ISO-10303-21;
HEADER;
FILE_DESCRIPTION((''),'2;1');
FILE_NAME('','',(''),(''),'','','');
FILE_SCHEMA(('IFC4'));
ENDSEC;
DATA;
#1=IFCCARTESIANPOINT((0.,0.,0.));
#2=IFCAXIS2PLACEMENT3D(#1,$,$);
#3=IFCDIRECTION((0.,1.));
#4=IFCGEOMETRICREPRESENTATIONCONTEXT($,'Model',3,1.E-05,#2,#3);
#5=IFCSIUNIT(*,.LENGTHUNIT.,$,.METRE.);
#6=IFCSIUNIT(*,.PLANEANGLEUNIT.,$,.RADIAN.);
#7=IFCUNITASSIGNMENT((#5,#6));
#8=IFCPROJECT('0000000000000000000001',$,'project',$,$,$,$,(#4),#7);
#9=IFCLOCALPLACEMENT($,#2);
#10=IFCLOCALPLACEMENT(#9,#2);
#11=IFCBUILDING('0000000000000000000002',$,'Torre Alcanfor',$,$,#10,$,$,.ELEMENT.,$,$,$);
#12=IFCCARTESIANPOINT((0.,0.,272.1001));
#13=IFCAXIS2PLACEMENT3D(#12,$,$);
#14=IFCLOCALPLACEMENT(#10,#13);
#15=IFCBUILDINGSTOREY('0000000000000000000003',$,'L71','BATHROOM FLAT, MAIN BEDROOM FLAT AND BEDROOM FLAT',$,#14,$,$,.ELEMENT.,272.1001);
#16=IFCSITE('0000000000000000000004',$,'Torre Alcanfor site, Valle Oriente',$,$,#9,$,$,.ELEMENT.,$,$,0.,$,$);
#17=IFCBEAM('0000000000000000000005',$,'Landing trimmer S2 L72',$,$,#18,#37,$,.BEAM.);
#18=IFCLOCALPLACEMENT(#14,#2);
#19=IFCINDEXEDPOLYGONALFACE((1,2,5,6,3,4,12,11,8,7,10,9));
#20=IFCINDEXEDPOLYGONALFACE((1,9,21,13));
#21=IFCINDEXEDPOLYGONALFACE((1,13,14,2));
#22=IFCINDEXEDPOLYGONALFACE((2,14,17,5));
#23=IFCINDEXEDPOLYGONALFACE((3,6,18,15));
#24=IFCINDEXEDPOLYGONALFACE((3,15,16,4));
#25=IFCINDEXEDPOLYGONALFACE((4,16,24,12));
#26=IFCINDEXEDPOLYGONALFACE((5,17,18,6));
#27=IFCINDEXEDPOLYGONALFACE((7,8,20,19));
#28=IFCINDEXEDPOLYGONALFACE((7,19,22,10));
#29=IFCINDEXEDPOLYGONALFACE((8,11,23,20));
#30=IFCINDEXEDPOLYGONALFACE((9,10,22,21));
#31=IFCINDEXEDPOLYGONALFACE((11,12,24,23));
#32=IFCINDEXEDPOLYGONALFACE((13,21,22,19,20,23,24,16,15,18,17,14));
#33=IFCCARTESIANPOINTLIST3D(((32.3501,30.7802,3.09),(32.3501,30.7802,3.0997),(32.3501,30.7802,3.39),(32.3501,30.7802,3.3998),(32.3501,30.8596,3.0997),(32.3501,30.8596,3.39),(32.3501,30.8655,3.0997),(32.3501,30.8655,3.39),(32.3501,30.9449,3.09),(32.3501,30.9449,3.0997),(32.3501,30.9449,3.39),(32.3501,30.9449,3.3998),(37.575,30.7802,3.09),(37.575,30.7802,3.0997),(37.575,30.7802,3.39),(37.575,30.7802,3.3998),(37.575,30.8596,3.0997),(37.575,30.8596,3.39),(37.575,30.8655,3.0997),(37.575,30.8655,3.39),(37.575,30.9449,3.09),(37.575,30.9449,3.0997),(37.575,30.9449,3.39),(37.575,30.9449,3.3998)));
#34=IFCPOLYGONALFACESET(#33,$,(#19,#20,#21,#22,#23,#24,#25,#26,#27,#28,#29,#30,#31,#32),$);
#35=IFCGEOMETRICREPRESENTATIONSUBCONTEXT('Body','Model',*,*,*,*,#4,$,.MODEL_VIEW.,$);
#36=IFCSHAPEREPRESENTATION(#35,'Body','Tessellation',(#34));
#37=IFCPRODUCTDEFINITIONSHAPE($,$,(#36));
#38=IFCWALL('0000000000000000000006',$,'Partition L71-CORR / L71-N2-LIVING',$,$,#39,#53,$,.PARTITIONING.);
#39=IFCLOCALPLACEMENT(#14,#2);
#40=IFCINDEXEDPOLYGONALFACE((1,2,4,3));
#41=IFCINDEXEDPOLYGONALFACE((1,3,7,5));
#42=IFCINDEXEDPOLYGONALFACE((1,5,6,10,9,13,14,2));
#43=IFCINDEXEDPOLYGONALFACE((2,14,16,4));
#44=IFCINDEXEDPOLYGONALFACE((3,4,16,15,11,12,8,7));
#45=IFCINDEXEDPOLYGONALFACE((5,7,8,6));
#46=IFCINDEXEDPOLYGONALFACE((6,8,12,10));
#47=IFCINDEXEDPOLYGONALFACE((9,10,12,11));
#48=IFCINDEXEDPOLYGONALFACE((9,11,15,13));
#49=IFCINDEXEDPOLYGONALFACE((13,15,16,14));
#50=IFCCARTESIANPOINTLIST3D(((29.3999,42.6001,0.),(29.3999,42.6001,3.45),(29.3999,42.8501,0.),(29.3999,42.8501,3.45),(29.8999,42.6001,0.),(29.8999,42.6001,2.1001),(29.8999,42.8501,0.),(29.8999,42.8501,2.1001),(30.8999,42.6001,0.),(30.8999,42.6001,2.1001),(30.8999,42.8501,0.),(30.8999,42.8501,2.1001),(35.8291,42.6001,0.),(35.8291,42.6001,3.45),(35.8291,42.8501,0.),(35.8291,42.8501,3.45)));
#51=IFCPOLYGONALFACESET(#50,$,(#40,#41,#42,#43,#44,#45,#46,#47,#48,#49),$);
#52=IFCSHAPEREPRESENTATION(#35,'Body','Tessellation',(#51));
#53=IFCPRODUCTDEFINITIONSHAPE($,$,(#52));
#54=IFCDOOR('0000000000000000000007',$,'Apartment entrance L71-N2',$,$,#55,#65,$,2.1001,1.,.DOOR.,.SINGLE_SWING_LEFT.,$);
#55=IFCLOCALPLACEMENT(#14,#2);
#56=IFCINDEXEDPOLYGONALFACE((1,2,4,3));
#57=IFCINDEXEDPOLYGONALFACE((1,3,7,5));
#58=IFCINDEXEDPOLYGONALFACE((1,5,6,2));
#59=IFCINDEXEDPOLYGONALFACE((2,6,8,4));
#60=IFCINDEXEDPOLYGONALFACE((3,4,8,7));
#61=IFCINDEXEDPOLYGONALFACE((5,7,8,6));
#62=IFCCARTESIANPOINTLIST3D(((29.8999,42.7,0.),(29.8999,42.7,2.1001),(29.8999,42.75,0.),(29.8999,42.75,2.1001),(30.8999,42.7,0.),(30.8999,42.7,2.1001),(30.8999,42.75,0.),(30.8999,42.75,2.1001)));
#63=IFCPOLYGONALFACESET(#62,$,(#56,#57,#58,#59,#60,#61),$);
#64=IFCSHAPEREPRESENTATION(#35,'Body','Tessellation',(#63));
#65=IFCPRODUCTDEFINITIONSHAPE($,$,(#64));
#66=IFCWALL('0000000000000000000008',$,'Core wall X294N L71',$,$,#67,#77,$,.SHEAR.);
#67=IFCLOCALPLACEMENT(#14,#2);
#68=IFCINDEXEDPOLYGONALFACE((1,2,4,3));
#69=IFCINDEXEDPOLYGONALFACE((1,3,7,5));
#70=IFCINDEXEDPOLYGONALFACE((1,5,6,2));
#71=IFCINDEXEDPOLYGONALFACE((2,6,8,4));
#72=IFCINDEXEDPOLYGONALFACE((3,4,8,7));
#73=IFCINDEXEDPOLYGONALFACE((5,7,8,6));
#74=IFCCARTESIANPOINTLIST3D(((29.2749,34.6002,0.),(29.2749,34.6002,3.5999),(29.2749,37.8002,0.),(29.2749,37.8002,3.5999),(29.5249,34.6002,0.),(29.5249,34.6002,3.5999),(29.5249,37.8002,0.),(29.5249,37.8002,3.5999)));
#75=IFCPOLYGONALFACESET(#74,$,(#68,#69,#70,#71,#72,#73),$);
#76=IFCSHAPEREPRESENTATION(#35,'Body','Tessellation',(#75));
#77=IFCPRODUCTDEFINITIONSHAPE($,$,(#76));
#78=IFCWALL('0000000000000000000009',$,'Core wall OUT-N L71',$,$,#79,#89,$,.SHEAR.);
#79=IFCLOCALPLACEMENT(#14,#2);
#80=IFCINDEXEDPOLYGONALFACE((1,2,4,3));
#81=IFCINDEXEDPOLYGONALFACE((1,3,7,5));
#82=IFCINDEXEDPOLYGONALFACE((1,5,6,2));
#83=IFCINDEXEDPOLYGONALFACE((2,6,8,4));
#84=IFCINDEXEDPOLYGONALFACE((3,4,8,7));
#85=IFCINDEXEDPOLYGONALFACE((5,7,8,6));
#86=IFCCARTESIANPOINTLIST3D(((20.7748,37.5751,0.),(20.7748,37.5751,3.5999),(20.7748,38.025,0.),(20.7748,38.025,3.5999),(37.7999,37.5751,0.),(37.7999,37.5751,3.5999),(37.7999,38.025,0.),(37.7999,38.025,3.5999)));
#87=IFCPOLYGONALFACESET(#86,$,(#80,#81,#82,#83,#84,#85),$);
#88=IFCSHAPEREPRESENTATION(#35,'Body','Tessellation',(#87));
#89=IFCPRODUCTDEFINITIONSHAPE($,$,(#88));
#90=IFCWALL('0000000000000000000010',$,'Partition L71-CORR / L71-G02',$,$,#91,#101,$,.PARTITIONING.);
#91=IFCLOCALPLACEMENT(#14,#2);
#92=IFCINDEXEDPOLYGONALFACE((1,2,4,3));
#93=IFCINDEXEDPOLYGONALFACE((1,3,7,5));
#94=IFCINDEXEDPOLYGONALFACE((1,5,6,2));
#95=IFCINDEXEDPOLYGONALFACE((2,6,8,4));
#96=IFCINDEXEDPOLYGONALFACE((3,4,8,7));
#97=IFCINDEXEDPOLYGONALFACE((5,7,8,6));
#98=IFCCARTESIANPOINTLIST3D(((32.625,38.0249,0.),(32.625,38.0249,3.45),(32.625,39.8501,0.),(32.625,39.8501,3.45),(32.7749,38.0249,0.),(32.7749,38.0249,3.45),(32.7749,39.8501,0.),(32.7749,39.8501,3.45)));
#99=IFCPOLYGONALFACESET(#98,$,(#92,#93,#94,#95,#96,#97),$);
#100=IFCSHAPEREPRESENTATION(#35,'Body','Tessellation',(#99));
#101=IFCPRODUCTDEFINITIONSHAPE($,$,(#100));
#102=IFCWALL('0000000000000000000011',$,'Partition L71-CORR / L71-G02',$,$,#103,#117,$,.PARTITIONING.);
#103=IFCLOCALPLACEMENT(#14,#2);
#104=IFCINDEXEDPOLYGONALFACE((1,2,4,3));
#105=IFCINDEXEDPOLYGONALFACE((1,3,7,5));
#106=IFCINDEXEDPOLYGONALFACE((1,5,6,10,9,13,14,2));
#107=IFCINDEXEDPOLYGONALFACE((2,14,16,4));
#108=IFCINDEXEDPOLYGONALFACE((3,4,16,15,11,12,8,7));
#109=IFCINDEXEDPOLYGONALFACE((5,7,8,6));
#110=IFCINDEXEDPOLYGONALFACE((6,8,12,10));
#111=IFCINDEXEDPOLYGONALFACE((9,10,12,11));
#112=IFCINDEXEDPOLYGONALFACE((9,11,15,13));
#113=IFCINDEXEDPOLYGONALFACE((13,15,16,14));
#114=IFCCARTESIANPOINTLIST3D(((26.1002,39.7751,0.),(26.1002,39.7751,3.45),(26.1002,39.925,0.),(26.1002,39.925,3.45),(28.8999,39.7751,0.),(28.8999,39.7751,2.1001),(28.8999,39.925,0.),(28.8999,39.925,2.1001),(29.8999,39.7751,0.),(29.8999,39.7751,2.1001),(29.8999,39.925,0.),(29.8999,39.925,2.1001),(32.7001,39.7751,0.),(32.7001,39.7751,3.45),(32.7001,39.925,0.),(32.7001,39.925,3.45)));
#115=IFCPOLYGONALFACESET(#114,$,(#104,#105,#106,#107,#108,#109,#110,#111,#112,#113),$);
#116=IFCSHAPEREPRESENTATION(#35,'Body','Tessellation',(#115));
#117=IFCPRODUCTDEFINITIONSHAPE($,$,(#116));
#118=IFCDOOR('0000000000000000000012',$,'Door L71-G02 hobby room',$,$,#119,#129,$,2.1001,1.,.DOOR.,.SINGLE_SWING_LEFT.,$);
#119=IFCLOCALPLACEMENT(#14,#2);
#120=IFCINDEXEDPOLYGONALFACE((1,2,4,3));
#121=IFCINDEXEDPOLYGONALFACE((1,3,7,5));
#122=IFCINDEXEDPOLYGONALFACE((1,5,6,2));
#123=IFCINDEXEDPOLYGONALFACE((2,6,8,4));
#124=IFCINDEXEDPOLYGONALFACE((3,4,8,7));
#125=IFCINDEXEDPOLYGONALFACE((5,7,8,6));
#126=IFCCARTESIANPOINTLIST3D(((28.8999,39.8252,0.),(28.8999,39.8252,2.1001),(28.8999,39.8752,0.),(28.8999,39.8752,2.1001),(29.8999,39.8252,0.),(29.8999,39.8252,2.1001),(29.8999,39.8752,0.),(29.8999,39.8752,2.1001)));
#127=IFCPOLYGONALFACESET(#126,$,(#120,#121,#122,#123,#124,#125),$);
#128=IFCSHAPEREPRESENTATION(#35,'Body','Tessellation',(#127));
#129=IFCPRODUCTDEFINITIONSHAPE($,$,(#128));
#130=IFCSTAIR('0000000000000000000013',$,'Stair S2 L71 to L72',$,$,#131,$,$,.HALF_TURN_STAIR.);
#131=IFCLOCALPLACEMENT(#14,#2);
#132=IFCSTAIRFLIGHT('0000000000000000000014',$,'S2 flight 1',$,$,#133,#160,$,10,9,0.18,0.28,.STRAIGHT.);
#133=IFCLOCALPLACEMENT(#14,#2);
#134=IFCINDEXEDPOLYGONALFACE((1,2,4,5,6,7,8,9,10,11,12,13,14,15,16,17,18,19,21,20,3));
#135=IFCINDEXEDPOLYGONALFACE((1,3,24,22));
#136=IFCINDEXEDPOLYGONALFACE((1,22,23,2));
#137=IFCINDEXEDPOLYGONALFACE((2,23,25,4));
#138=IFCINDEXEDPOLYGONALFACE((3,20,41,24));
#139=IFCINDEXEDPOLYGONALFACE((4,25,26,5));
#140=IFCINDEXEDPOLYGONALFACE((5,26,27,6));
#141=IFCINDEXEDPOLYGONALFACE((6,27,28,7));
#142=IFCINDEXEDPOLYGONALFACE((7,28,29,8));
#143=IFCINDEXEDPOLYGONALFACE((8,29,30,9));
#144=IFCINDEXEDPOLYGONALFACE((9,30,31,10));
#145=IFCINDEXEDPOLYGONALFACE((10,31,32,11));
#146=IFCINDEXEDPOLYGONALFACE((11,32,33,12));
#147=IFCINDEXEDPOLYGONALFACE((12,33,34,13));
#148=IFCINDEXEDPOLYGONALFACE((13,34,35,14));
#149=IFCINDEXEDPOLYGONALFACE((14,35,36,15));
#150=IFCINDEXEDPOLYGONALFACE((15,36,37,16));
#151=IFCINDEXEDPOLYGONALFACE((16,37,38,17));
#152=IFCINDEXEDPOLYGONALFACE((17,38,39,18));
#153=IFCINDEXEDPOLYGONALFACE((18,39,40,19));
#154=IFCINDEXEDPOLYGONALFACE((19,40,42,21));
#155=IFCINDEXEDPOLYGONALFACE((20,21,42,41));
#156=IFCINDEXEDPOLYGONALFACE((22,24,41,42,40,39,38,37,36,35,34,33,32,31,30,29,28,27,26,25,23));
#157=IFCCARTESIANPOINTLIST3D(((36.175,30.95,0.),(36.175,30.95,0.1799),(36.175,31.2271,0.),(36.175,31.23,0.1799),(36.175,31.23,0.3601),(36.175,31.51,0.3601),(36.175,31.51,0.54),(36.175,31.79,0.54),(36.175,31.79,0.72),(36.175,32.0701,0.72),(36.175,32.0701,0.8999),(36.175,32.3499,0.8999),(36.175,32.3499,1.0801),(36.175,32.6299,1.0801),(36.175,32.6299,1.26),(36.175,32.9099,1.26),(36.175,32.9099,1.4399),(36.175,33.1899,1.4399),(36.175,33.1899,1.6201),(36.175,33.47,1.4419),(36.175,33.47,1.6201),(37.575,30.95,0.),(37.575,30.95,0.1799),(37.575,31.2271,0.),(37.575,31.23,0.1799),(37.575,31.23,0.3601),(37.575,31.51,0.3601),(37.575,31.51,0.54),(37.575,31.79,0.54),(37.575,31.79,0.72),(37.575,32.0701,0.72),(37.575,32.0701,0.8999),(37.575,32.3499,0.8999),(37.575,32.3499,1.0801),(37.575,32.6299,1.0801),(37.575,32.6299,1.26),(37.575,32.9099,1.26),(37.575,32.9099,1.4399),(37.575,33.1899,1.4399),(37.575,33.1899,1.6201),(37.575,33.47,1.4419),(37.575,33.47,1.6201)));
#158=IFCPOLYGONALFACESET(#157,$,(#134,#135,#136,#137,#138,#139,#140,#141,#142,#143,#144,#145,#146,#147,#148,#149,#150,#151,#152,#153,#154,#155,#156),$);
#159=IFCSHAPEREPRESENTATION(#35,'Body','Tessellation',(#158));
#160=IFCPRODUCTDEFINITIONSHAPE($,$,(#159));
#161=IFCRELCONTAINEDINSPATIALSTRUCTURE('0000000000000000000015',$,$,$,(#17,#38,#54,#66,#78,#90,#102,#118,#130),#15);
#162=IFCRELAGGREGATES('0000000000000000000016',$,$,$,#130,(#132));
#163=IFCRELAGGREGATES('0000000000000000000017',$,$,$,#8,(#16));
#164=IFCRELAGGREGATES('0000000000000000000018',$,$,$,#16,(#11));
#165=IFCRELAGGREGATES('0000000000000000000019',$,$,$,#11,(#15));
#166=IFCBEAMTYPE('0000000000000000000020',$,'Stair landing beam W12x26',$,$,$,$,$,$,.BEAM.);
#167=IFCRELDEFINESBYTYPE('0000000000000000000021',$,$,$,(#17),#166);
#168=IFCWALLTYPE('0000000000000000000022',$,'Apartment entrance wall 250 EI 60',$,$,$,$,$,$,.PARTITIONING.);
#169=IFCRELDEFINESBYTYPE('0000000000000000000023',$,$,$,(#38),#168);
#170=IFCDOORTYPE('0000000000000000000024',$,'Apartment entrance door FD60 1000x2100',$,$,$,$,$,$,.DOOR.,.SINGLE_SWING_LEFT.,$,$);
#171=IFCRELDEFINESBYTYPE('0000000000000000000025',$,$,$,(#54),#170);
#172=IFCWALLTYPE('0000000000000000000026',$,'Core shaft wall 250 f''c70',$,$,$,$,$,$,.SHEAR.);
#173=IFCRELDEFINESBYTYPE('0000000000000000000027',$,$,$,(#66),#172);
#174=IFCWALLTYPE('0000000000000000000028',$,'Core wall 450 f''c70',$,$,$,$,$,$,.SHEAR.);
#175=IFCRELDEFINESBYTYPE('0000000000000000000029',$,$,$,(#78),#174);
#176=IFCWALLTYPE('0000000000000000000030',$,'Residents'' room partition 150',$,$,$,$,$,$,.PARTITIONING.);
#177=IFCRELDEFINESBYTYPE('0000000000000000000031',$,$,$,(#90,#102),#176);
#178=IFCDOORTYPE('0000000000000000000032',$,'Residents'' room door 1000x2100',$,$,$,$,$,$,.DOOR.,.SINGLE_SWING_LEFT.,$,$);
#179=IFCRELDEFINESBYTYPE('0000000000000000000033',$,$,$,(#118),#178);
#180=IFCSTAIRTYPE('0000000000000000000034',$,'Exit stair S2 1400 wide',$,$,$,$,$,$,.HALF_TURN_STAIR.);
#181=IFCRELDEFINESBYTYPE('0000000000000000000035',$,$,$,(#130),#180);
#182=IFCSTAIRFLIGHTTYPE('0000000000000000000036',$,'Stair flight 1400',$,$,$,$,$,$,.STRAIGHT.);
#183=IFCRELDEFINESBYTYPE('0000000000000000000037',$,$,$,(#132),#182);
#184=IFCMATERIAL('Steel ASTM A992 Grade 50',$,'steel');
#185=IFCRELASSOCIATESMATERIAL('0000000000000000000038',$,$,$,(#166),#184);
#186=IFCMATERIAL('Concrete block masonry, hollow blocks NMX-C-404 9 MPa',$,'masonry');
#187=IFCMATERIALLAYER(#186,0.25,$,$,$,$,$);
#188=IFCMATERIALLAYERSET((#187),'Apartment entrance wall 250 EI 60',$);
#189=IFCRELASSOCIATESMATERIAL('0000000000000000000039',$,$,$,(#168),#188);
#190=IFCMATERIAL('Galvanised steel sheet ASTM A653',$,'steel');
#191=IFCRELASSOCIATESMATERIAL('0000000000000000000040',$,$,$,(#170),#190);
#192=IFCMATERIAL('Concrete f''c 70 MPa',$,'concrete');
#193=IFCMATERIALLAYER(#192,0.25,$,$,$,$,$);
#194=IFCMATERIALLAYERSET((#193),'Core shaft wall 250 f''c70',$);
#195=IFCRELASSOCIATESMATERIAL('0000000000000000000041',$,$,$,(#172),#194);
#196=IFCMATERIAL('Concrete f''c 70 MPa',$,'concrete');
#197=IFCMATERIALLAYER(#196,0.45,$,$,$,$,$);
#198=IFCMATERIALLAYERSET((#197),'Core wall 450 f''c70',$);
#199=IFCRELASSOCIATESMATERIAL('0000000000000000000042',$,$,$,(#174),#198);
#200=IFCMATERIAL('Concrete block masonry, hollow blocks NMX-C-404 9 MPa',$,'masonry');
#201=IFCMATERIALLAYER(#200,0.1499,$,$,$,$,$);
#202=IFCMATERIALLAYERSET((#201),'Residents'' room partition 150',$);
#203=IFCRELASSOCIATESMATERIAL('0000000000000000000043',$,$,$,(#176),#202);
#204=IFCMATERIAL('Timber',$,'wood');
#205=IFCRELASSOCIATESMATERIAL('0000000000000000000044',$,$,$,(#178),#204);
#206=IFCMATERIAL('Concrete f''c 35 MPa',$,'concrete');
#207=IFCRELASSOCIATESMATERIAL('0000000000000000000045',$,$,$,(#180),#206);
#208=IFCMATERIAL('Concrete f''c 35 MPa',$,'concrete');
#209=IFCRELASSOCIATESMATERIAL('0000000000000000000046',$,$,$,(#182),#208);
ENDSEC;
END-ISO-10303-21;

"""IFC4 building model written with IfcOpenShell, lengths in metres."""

from ifc_helpers import new_model, si_unit, direction, frame, frame_2d, origin, origin_2d, place, context, subcontext, project, spatial, polyline, rectangle, i_section, outline, extrude, material, layer, layer_set, material_profile, profile_set, type_object, element, fill, aggregate, save


model = new_model("IFC4")

# Units and contexts
model_context = context("Model", 3, precision=1e-05, world=origin(), true_north=direction((0.0, 1.0)))
body_context = subcontext(model_context, "Body", "Model", "MODEL_VIEW")
ifc_project = project(units=[si_unit("LENGTHUNIT", "METRE"), si_unit("PLANEANGLEUNIT", "RADIAN")], contexts=[model_context])

# Site, building, storey
site_placement = place(None, origin())
site = spatial("IfcSite", under=ifc_project, at=site_placement, Name="Torre Alcanfor site, Valle Oriente", CompositionType="ELEMENT", RefElevation=0.0)
building_placement = place(site_placement, origin())
building = spatial("IfcBuilding", under=site, at=building_placement, Name="Torre Alcanfor", CompositionType="ELEMENT")
storey_placement = place(building_placement, frame((0.0, 0.0, 272.1001)))
storey = spatial("IfcBuildingStorey", under=building, at=storey_placement, Name="L71", Description="BATHROOM FLAT, MAIN BEDROOM FLAT AND BEDROOM FLAT", CompositionType="ELEMENT", Elevation=272.1001)

# Beam
ifc_material_1 = material(Name="Steel ASTM A992 Grade 50", Category="steel")
ifc_material_profile_1 = material_profile(ifc_material_1, i_section(OverallWidth=0.1648, OverallDepth=0.3098, WebThickness=0.0059, FlangeThickness=0.0098, at=origin_2d()), Name="W12x26")
ifc_profile_set_1 = profile_set([ifc_material_profile_1], Name="Steel ASTM A992 Grade 50")
beam_type_1 = type_object("IfcBeamType", Name="Stair landing beam W12x26", PredefinedType="BEAM", material=ifc_profile_set_1)
beam_1_placement = place(storey_placement, frame((32.3501, 30.8625, 3.2449), z_axis=(1.0, 0.0, 0.0), x_axis=(0.0, 1.0, 0.0)))
element("IfcBeam", 1, at=beam_1_placement, inside=storey, type_object=beam_type_1, Name="Landing trimmer S2 L72", PredefinedType="BEAM", context=body_context, shape_type="SweptSolid", body=[
    extrude(i_section(OverallWidth=0.1648, OverallDepth=0.3098, WebThickness=0.0059, FlangeThickness=0.0098, at=origin_2d()), origin(), (0.0, 0.0, 1.0), 5.2249),
])

# Wall, opening, door
ifc_material_2 = material(Name="Concrete block masonry, hollow blocks NMX-C-404 9 MPa", Category="masonry")
ifc_layer_1 = layer(ifc_material_2, 0.25)
ifc_layer_set_1 = layer_set([ifc_layer_1], Name="Apartment entrance wall 250 EI 60")
wall_type_1 = type_object("IfcWallType", Name="Apartment entrance wall 250 EI 60", PredefinedType="PARTITIONING", material=ifc_layer_set_1)
wall_1_placement = place(storey_placement, frame((29.3999, 42.7251, 0.0), z_axis=(0.0, 0.0, 1.0), x_axis=(1.0, 0.0, 0.0)))
wall_1 = element("IfcWall", 2, at=wall_1_placement, inside=storey, type_object=wall_type_1, Name="Partition L71-CORR / L71-N2-LIVING", PredefinedType="PARTITIONING", context=body_context, shape_type="SweptSolid", body=[
    extrude(rectangle(XDim=6.4292, YDim=0.25, at=frame_2d((3.2146, 0.0))), origin(), (0.0, 0.0, 1.0), 3.45),
])
opening_1_placement = place(wall_1_placement, frame((0.5, 0.0, 0.0)))
opening_1 = element("IfcOpeningElement", 3, at=opening_1_placement, cuts=wall_1, PredefinedType="OPENING", context=body_context, shape_type="SweptSolid", body=[
    extrude(rectangle(XDim=1.0, YDim=2.1001, at=frame_2d((0.5, 1.05))), frame((0.0, 0.135, 0.0), z_axis=(0.0, -1.0, 0.0), x_axis=(1.0, 0.0, 0.0)), (0.0, 0.0, 1.0), 0.27),
])
ifc_material_3 = material(Name="Galvanised steel sheet ASTM A653", Category="steel")
door_type_1 = type_object("IfcDoorType", Name="Apartment entrance door FD60 1000x2100", OperationType="SINGLE_SWING_LEFT", PredefinedType="DOOR", material=ifc_material_3)
door_1_placement = place(opening_1_placement, origin())
door_1 = element("IfcDoor", 4, at=door_1_placement, inside=storey, type_object=door_type_1, Name="Apartment entrance L71-N2", OperationType="SINGLE_SWING_LEFT", OverallHeight=2.1001, OverallWidth=1.0, PredefinedType="DOOR", context=body_context, shape_type="SweptSolid", body=[
    extrude(rectangle(XDim=1.0, YDim=2.1001, at=frame_2d((0.5, 1.05))), frame((0.0, 0.0249, 0.0), z_axis=(0.0, -1.0, 0.0), x_axis=(1.0, 0.0, 0.0)), (0.0, 0.0, 1.0), 0.05),
])
fill(opening_1, door_1)

# Walls
ifc_material_4 = material(Name="Concrete f'c 70 MPa", Category="concrete")
ifc_layer_2 = layer(ifc_material_4, 0.25)
ifc_layer_set_2 = layer_set([ifc_layer_2], Name="Core shaft wall 250 f'c70")
wall_type_2 = type_object("IfcWallType", Name="Core shaft wall 250 f'c70", PredefinedType="SHEAR", material=ifc_layer_set_2)
wall_2_placement = place(storey_placement, frame((29.3999, 34.6001, 0.0), z_axis=(0.0, 0.0, 1.0), x_axis=(0.0, 1.0, 0.0)))
element("IfcWall", 5, at=wall_2_placement, inside=storey, type_object=wall_type_2, Name="Core wall X294N L71", PredefinedType="SHEAR", context=body_context, shape_type="SweptSolid", body=[
    extrude(rectangle(XDim=3.2, YDim=0.25, at=frame_2d((1.6001, 0.0))), origin(), (0.0, 0.0, 1.0), 3.5999),
])
ifc_material_5 = material(Name="Concrete f'c 70 MPa", Category="concrete")
ifc_layer_3 = layer(ifc_material_5, 0.45)
ifc_layer_set_3 = layer_set([ifc_layer_3], Name="Core wall 450 f'c70")
wall_type_3 = type_object("IfcWallType", Name="Core wall 450 f'c70", PredefinedType="SHEAR", material=ifc_layer_set_3)
wall_3_placement = place(storey_placement, frame((37.8, 37.8, 0.0), z_axis=(0.0, 0.0, 1.0), x_axis=(-1.0, 0.0, 0.0)))
element("IfcWall", 6, at=wall_3_placement, inside=storey, type_object=wall_type_3, Name="Core wall OUT-N L71", PredefinedType="SHEAR", context=body_context, shape_type="SweptSolid", body=[
    extrude(rectangle(XDim=17.0251, YDim=0.45, at=frame_2d((8.5127, 0.0))), origin(), (0.0, 0.0, 1.0), 3.5999),
])
ifc_material_6 = material(Name="Concrete block masonry, hollow blocks NMX-C-404 9 MPa", Category="masonry")
ifc_layer_4 = layer(ifc_material_6, 0.1499)
ifc_layer_set_4 = layer_set([ifc_layer_4], Name="Residents' room partition 150")
wall_type_4 = type_object("IfcWallType", Name="Residents' room partition 150", PredefinedType="PARTITIONING", material=ifc_layer_set_4)
wall_4_placement = place(storey_placement, frame((32.7, 38.0249, 0.0), z_axis=(0.0, 0.0, 1.0), x_axis=(0.0, 1.0, 0.0)))
element("IfcWall", 7, at=wall_4_placement, inside=storey, type_object=wall_type_4, Name="Partition L71-CORR / L71-G02", PredefinedType="PARTITIONING", context=body_context, shape_type="SweptSolid", body=[
    extrude(rectangle(XDim=1.8252, YDim=0.1499, at=frame_2d((0.9126, 0.0))), origin(), (0.0, 0.0, 1.0), 3.45),
])

# Wall, opening, door
wall_5_placement = place(storey_placement, frame((32.7, 39.8501, 0.0), z_axis=(0.0, 0.0, 1.0), x_axis=(-1.0, 0.0, 0.0)))
wall_5 = element("IfcWall", 8, at=wall_5_placement, inside=storey, type_object=wall_type_4, Name="Partition L71-CORR / L71-G02", PredefinedType="PARTITIONING", context=body_context, shape_type="SweptSolid", body=[
    extrude(rectangle(XDim=6.5999, YDim=0.1499, at=frame_2d((3.2998, 0.0))), origin(), (0.0, 0.0, 1.0), 3.45),
])
opening_2_placement = place(wall_5_placement, frame((2.8, 0.0, 0.0)))
opening_2 = element("IfcOpeningElement", 9, at=opening_2_placement, cuts=wall_5, PredefinedType="OPENING", context=body_context, shape_type="SweptSolid", body=[
    extrude(rectangle(XDim=1.0, YDim=2.1001, at=frame_2d((0.5, 1.05))), frame((0.0, 0.085, 0.0), z_axis=(0.0, -1.0, 0.0), x_axis=(1.0, 0.0, 0.0)), (0.0, 0.0, 1.0), 0.1699),
])
ifc_material_7 = material(Name="Timber", Category="wood")
door_type_2 = type_object("IfcDoorType", Name="Residents' room door 1000x2100", OperationType="SINGLE_SWING_LEFT", PredefinedType="DOOR", material=ifc_material_7)
door_2_placement = place(opening_2_placement, origin())
door_2 = element("IfcDoor", 10, at=door_2_placement, inside=storey, type_object=door_type_2, Name="Door L71-G02 hobby room", OperationType="SINGLE_SWING_LEFT", OverallHeight=2.1001, OverallWidth=1.0, PredefinedType="DOOR", context=body_context, shape_type="SweptSolid", body=[
    extrude(rectangle(XDim=1.0, YDim=2.1001, at=frame_2d((0.5, 1.05))), frame((0.0, 0.0249, 0.0), z_axis=(0.0, -1.0, 0.0), x_axis=(1.0, 0.0, 0.0)), (0.0, 0.0, 1.0), 0.05),
])
fill(opening_2, door_2)

# Stair, stair flight
ifc_material_8 = material(Name="Concrete f'c 35 MPa", Category="concrete")
stair_type = type_object("IfcStairType", Name="Exit stair S2 1400 wide", PredefinedType="HALF_TURN_STAIR", material=ifc_material_8)
stair_placement = place(storey_placement, origin())
stair = element("IfcStair", 11, at=stair_placement, inside=storey, type_object=stair_type, Name="Stair S2 L71 to L72", PredefinedType="HALF_TURN_STAIR")
ifc_material_9 = material(Name="Concrete f'c 35 MPa", Category="concrete")
stair_flight_type = type_object("IfcStairFlightType", Name="Stair flight 1400", PredefinedType="STRAIGHT", material=ifc_material_9)
stair_flight_1_placement = place(storey_placement, frame((36.875, 30.95, 0.0), z_axis=(0.0, 0.0, 1.0), x_axis=(0.0, 1.0, 0.0)))
stair_flight_1 = element("IfcStairFlight", 12, at=stair_flight_1_placement, type_object=stair_flight_type, Name="S2 flight 1", NumberOfRisers=10, NumberOfTreads=9, PredefinedType="STRAIGHT", RiserHeight=0.18, TreadLength=0.28, context=body_context, shape_type="SweptSolid", body=[
    extrude(outline(polyline([(0.0, 0.0), (0.0, 0.1799), (0.28, 0.1799), (0.28, 0.3601), (0.5601, 0.3601), (0.5601, 0.54), (0.8401, 0.54), (0.8401, 0.72), (1.1201, 0.72), (1.1201, 0.8999), (1.3999, 0.8999), (1.3999, 1.0801), (1.6799, 1.0801), (1.6799, 1.26), (1.96, 1.26), (1.96, 1.4399), (2.24, 1.4399), (2.24, 1.6201), (2.52, 1.6201), (2.52, 1.8), (2.52, 1.4419), (0.2771, 0.0), (0.0, 0.0)])), frame((0.0, 0.7, 0.0), z_axis=(0.0, -1.0, 0.0), x_axis=(1.0, 0.0, 0.0)), (0.0, 0.0, 1.0), 1.3999),
])
aggregate(stair, [stair_flight_1])

save(model, "model.ifc")
